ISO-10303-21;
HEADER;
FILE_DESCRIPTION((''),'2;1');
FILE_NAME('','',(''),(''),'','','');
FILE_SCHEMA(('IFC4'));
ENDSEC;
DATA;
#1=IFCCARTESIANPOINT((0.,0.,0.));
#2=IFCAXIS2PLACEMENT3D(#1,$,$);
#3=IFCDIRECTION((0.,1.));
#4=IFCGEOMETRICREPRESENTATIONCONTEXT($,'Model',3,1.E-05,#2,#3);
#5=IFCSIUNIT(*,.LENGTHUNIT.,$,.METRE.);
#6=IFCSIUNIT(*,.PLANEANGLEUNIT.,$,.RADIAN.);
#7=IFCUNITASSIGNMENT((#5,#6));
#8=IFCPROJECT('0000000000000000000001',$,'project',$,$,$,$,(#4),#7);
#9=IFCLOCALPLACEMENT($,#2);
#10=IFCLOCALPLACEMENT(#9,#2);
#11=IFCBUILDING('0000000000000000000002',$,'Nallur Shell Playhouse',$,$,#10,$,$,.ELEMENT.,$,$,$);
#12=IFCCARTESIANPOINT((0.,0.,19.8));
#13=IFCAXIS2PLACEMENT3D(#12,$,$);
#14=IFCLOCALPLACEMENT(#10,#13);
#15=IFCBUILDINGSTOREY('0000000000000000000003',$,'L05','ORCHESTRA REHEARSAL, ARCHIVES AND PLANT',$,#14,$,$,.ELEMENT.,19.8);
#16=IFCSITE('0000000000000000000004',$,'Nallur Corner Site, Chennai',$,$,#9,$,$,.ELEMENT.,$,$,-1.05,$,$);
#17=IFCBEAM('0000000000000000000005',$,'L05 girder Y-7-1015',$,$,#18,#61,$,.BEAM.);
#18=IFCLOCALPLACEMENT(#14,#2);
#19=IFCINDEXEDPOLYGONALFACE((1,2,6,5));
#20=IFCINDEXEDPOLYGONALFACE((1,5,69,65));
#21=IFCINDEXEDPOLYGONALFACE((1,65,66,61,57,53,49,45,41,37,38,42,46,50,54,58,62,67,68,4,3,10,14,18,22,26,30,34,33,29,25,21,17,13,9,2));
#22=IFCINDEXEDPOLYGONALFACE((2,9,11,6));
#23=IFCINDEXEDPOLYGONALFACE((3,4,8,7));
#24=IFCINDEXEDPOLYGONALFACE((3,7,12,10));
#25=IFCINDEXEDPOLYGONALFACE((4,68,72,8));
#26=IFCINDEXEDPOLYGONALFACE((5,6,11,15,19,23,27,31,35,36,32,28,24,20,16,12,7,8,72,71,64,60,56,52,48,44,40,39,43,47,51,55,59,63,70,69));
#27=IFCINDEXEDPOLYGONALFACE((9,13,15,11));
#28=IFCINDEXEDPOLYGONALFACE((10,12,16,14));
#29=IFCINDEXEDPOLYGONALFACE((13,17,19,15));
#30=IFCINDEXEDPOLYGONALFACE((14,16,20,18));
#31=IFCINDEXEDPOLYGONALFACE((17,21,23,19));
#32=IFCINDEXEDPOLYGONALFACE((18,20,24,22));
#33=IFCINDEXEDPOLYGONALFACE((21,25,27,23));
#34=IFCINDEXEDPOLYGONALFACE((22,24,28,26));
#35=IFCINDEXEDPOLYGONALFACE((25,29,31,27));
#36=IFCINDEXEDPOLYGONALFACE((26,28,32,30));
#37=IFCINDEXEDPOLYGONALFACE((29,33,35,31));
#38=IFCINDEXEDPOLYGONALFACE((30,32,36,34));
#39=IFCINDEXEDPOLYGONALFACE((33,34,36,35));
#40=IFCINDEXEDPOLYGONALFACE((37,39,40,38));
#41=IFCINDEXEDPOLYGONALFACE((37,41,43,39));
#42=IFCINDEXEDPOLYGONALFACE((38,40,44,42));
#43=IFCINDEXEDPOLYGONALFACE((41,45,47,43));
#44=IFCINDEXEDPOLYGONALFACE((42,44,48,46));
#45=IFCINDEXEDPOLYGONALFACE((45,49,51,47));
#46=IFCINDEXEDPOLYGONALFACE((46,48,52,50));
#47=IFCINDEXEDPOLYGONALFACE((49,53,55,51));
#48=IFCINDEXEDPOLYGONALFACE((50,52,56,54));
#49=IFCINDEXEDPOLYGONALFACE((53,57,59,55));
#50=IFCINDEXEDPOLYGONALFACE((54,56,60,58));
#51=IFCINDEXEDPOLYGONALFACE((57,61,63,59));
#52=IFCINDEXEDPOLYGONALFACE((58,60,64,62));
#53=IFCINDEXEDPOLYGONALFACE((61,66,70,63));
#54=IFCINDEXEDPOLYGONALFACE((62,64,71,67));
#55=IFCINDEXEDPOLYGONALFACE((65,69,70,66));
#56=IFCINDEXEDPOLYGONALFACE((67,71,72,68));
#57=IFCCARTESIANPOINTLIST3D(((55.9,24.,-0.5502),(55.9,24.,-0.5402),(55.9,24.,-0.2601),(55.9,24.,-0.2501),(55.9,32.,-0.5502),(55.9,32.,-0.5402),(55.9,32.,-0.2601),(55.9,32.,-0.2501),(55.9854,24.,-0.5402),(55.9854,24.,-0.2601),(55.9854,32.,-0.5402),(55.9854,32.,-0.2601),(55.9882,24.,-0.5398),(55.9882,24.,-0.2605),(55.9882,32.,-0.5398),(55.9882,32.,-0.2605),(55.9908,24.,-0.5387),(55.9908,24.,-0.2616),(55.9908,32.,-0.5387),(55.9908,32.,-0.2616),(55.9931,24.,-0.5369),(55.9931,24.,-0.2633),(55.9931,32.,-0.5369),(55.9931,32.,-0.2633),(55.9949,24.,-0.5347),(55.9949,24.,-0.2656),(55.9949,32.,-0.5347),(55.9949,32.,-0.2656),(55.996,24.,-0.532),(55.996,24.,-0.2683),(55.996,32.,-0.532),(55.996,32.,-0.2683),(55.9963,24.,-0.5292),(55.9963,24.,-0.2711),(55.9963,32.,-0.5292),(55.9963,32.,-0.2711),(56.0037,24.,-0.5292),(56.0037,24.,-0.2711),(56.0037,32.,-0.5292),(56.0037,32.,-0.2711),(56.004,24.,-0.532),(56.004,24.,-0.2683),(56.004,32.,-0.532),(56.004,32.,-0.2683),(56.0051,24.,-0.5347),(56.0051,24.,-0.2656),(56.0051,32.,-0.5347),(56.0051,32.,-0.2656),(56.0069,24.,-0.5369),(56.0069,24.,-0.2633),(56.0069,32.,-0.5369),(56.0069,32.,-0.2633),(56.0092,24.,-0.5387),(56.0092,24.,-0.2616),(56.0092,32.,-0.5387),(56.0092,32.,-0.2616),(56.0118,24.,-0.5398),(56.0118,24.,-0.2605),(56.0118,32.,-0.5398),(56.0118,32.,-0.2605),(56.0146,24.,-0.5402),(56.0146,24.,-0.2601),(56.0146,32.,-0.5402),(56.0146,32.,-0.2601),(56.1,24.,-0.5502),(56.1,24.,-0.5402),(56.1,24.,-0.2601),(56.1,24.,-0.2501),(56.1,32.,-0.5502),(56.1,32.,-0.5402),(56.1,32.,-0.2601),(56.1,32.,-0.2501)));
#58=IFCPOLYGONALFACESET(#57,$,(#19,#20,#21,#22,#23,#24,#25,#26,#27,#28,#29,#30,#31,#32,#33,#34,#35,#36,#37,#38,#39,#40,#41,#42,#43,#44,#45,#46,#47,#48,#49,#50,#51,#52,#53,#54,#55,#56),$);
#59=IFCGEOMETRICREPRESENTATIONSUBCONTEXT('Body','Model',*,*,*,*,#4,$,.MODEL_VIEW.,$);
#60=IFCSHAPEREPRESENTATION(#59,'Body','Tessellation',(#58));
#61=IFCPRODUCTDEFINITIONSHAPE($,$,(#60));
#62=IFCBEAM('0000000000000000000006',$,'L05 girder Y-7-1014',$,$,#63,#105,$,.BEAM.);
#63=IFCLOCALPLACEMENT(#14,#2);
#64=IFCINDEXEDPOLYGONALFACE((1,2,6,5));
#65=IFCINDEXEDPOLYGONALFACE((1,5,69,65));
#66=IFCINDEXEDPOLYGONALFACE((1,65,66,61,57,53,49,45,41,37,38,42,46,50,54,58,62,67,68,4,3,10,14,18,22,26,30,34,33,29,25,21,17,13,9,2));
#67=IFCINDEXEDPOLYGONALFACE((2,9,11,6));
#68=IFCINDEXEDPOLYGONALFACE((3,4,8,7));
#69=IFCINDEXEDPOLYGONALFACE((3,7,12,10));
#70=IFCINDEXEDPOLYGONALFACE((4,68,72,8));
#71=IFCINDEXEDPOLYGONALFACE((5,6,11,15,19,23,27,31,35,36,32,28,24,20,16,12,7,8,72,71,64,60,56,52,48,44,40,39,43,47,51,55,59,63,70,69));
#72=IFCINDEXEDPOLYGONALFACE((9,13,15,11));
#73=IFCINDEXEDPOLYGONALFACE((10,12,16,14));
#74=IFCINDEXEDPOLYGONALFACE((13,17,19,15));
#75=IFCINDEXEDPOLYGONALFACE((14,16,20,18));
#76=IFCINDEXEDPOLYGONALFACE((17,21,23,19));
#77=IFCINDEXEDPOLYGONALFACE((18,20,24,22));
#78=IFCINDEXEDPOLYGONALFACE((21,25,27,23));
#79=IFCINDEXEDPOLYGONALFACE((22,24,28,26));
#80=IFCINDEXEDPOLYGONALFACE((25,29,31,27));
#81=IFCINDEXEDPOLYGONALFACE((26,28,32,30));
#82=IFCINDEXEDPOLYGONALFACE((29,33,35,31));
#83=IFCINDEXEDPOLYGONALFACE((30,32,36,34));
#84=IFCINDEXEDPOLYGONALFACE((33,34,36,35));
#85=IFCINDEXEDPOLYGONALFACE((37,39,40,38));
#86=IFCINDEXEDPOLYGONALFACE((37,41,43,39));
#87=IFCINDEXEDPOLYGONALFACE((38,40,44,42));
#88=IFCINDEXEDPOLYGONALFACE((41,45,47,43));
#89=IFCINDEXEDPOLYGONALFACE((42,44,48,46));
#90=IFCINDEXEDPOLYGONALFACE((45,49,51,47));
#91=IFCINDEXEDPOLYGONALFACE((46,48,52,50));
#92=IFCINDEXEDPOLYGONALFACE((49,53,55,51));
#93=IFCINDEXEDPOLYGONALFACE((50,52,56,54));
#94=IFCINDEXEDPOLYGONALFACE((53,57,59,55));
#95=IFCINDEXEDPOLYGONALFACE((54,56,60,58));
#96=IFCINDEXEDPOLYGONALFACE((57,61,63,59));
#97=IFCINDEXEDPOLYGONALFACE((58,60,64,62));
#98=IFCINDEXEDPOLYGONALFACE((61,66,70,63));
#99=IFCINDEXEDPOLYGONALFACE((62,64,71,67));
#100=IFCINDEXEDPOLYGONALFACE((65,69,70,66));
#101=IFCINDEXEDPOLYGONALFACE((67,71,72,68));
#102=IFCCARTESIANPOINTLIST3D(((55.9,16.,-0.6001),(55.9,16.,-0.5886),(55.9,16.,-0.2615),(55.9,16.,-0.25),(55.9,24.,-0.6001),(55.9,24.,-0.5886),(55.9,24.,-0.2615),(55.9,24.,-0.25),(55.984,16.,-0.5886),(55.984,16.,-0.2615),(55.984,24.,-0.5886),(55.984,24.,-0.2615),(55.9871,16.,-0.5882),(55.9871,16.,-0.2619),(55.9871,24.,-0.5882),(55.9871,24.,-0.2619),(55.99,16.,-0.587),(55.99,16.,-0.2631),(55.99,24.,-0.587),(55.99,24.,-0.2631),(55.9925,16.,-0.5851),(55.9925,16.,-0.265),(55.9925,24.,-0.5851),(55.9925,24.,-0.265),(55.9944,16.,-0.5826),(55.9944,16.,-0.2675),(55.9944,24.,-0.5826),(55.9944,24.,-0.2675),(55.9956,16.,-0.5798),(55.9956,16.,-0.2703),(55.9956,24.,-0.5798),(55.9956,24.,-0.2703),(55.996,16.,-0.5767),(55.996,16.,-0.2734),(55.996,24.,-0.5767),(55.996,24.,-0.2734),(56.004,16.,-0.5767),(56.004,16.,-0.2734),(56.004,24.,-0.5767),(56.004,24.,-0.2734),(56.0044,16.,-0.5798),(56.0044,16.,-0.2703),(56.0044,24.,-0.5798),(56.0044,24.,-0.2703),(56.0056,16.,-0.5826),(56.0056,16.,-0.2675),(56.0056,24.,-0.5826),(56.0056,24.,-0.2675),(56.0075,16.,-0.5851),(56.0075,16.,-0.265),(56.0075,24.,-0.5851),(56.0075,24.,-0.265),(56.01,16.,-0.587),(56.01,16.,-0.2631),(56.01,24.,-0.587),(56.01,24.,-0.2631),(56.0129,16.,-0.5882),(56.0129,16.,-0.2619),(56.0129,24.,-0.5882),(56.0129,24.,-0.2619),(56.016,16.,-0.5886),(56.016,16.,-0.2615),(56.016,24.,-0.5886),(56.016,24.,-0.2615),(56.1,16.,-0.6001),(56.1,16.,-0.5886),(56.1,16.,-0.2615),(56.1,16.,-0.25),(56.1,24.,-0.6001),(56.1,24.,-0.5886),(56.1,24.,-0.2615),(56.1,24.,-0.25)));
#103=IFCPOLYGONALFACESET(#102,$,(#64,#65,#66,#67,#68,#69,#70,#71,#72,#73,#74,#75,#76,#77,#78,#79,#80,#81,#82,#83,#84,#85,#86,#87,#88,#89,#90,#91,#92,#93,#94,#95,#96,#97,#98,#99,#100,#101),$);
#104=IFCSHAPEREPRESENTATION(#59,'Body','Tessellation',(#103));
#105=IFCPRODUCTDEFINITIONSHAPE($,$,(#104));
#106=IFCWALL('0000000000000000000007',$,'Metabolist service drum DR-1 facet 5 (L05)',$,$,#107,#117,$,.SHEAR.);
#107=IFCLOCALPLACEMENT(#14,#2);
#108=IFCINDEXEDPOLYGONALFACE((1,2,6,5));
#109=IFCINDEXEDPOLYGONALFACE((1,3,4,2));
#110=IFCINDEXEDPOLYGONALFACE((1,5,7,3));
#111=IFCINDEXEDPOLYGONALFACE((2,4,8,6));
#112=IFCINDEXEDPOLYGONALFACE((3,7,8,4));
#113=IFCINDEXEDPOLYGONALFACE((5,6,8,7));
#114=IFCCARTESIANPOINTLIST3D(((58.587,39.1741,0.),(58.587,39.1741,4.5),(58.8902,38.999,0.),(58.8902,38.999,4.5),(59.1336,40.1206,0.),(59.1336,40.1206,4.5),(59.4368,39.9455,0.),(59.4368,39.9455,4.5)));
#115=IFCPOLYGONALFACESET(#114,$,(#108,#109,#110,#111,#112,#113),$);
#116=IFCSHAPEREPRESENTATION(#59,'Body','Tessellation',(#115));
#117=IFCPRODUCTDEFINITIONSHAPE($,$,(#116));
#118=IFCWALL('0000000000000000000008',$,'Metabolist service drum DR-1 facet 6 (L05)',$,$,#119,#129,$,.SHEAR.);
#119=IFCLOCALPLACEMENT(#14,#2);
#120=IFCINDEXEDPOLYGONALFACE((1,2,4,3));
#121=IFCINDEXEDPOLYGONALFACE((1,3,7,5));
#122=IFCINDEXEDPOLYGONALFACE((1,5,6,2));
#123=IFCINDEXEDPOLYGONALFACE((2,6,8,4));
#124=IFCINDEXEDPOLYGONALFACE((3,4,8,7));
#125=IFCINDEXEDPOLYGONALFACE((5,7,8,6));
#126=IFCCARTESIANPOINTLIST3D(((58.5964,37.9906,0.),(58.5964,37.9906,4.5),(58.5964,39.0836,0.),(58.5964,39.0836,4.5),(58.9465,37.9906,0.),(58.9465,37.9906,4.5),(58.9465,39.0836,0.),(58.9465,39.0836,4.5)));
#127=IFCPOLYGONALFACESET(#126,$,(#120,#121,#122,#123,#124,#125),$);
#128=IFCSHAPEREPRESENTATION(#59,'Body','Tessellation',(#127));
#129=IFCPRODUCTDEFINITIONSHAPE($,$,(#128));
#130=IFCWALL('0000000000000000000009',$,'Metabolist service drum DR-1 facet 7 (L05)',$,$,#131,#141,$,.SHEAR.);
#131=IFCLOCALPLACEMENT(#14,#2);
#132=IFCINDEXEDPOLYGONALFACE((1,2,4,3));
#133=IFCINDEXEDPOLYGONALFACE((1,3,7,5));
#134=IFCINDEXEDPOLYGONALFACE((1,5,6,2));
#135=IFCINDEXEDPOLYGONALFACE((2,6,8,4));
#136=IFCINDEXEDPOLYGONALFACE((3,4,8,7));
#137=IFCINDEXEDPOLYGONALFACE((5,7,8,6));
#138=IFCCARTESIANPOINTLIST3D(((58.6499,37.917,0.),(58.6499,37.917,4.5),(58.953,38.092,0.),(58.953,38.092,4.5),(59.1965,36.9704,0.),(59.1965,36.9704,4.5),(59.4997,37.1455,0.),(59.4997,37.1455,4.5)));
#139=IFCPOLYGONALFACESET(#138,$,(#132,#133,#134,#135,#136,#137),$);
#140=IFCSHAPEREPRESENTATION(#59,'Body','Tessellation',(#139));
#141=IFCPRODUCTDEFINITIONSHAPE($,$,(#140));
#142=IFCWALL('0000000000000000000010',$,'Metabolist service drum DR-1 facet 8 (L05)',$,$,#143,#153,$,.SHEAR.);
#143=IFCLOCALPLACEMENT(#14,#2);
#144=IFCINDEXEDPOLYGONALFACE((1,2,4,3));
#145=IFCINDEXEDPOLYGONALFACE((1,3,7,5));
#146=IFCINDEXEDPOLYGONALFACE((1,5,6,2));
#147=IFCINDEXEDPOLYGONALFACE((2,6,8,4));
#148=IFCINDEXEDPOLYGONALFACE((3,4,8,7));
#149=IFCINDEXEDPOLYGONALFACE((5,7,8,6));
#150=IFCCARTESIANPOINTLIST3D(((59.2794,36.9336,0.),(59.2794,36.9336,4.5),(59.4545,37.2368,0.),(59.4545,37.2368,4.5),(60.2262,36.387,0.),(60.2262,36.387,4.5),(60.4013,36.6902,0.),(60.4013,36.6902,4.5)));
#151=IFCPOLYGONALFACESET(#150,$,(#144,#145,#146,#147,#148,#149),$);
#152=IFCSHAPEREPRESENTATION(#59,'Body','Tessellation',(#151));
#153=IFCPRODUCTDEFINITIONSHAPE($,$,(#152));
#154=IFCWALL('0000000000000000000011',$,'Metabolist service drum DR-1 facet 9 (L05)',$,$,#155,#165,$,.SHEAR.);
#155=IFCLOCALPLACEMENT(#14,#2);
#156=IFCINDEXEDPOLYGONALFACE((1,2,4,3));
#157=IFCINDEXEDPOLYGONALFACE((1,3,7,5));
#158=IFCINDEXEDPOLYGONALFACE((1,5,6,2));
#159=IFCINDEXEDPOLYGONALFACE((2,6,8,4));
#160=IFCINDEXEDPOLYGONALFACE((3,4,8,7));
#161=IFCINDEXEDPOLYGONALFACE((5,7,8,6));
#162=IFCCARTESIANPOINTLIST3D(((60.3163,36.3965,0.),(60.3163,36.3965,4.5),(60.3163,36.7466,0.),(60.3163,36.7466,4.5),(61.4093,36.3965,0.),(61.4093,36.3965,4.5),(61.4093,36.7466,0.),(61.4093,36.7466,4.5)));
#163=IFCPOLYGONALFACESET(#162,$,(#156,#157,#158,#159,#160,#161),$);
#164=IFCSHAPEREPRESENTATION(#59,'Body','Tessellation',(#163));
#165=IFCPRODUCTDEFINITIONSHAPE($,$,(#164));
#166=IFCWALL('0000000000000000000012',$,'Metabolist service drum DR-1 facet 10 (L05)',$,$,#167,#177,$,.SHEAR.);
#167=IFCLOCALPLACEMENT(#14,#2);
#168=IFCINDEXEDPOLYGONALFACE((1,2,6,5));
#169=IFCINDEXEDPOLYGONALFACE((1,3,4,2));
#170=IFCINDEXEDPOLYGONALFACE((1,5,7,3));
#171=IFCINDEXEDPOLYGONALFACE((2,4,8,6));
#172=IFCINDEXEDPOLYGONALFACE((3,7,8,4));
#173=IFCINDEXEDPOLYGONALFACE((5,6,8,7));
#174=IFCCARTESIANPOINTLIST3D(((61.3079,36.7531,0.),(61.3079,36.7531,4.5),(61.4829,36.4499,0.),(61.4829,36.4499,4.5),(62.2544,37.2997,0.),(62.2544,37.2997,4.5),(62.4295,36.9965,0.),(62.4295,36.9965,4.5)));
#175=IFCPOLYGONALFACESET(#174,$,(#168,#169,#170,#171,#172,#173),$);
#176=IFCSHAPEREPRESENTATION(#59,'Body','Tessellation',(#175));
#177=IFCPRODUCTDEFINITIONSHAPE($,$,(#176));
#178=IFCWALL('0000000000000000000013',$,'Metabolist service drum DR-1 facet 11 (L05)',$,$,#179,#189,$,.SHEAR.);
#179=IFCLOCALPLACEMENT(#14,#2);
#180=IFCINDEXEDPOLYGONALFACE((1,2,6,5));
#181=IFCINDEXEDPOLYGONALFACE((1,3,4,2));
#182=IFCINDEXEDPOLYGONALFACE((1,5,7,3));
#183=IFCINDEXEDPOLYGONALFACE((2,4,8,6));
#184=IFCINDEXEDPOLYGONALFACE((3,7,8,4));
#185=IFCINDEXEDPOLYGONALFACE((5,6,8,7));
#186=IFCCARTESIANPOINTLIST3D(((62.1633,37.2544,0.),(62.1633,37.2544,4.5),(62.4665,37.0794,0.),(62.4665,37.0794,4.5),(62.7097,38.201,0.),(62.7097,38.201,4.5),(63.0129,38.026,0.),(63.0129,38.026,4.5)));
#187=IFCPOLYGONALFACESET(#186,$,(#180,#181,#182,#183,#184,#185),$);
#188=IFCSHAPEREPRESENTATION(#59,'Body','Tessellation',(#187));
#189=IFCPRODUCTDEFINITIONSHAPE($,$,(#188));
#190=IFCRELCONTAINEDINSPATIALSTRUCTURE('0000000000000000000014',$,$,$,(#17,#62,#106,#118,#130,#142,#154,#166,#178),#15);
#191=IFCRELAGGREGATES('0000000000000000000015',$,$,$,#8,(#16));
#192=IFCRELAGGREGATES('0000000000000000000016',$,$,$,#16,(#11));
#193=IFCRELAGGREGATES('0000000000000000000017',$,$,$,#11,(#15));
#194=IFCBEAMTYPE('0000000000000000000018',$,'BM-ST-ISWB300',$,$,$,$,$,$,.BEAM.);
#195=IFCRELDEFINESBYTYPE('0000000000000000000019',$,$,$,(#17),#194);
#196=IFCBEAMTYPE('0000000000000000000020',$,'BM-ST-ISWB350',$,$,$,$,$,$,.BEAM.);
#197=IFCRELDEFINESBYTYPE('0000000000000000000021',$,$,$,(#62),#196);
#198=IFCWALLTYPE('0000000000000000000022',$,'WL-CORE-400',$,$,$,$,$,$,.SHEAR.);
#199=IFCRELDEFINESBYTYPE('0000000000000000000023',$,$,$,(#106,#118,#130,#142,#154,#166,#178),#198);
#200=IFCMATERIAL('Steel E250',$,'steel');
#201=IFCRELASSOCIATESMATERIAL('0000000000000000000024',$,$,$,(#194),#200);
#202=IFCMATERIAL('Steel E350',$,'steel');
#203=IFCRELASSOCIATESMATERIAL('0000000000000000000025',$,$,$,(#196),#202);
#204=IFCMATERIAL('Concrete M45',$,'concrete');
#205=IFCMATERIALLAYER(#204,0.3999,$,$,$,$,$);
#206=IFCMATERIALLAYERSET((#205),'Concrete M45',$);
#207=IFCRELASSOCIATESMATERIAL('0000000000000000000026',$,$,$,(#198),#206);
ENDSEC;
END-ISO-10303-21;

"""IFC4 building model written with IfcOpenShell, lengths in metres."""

from ifc_helpers import new_model, si_unit, direction, frame, frame_2d, origin, origin_2d, place, context, subcontext, project, spatial, rectangle, i_section, extrude, material, layer, layer_set, material_profile, profile_set, type_object, element, save


model = new_model("IFC4")

# Units and contexts
model_context = context("Model", 3, precision=1e-05, world=origin(), true_north=direction((0.0, 1.0)))
body_context = subcontext(model_context, "Body", "Model", "MODEL_VIEW")
ifc_project = project(units=[si_unit("LENGTHUNIT", "METRE"), si_unit("PLANEANGLEUNIT", "RADIAN")], contexts=[model_context])

# Site, building, storey
site_placement = place(None, origin())
site = spatial("IfcSite", under=ifc_project, at=site_placement, Name="Nallur Corner Site, Chennai", CompositionType="ELEMENT", RefElevation=-1.05)
building_placement = place(site_placement, origin())
building = spatial("IfcBuilding", under=site, at=building_placement, Name="Nallur Shell Playhouse", CompositionType="ELEMENT")
storey_placement = place(building_placement, frame((0.0, 0.0, 19.8)))
storey = spatial("IfcBuildingStorey", under=building, at=storey_placement, Name="L05", Description="ORCHESTRA REHEARSAL, ARCHIVES AND PLANT", CompositionType="ELEMENT", Elevation=19.8)

# Beams
ifc_material_1 = material(Name="Steel E250", Category="steel")
ifc_material_2 = material(Name="Steel E350", Category="steel")
ifc_material_profile_1 = material_profile(ifc_material_1, i_section(OverallWidth=0.2, OverallDepth=0.3, WebThickness=0.0073, FlangeThickness=0.01, FilletRadius=0.011, at=origin_2d()), Name="ISWB 300")
ifc_profile_set_1 = profile_set([ifc_material_profile_1], Name="Steel E250")
beam_type_1 = type_object("IfcBeamType", Name="BM-ST-ISWB300", PredefinedType="BEAM", material=ifc_profile_set_1)
for number, where, z_axis, x_axis, name in (
    (1, (56.0, 24.0, -0.4001), (0.0, 1.0, 0.0), (-1.0, 0.0, 0.0), "L05 girder Y-7-1015"),
):
    element("IfcBeam", number, at=place(storey_placement, frame(where, z_axis=z_axis, x_axis=x_axis)), inside=storey, type_object=beam_type_1, Name=name, PredefinedType="BEAM", context=body_context, shape_type="SweptSolid", body=[
        extrude(i_section(OverallWidth=0.2, OverallDepth=0.3, WebThickness=0.0073, FlangeThickness=0.01, FilletRadius=0.011, at=origin_2d()), origin(), (0.0, 0.0, 1.0), 8.0),
    ])
ifc_material_profile_2 = material_profile(ifc_material_2, i_section(OverallWidth=0.2, OverallDepth=0.3501, WebThickness=0.0081, FlangeThickness=0.0115, FilletRadius=0.012, at=origin_2d()), Name="ISWB 350")
ifc_profile_set_2 = profile_set([ifc_material_profile_2], Name="Steel E350")
beam_type_2 = type_object("IfcBeamType", Name="BM-ST-ISWB350", PredefinedType="BEAM", material=ifc_profile_set_2)
beam_1_placement = place(storey_placement, frame((56.0, 16.0, -0.425), z_axis=(0.0, 1.0, 0.0), x_axis=(-1.0, 0.0, 0.0)))
element("IfcBeam", 2, at=beam_1_placement, inside=storey, type_object=beam_type_2, Name="L05 girder Y-7-1014", PredefinedType="BEAM", context=body_context, shape_type="SweptSolid", body=[
    extrude(i_section(OverallWidth=0.2, OverallDepth=0.3501, WebThickness=0.0081, FlangeThickness=0.0115, FilletRadius=0.012, at=origin_2d()), origin(), (0.0, 0.0, 1.0), 8.0),
])

# Walls
ifc_material_3 = material(Name="Concrete M45", Category="concrete")
ifc_layer_1 = layer(ifc_material_3, 0.3999)
ifc_layer_set_1 = layer_set([ifc_layer_1], Name="Concrete M45")
wall_type_1 = type_object("IfcWallType", Name="WL-CORE-400", PredefinedType="SHEAR", material=ifc_layer_set_1)
for number, where, z_axis, x_axis, name in (
    (3, (59.2852, 40.033, 0.0), (0.0, 0.0, 1.0), (-0.500103, -0.865966, 0.0), "Metabolist service drum DR-1 facet 5 (L05)"),
    (4, (58.7715, 39.0835, 0.0), (0.0, 0.0, 1.0), (0.0, -1.0, 0.0), "Metabolist service drum DR-1 facet 6 (L05)"),
    (5, (58.8015, 38.0044, 0.0), (0.0, 0.0, 1.0), (0.500103, -0.865966, 0.0), "Metabolist service drum DR-1 facet 7 (L05)"),
):
    element("IfcWall", number, at=place(storey_placement, frame(where, z_axis=z_axis, x_axis=x_axis)), inside=storey, type_object=wall_type_1, Name=name, PredefinedType="SHEAR", context=body_context, shape_type="SweptSolid", body=[
        extrude(rectangle(XDim=1.093, YDim=0.3501, at=frame_2d((0.5464, 0.0))), origin(), (0.0, 0.0, 1.0), 4.5),
    ])
wall_1_placement = place(storey_placement, frame((59.3669, 37.0852, 0.0), z_axis=(0.0, 0.0, 1.0), x_axis=(0.866022, -0.500006, 0.0)))
element("IfcWall", 6, at=wall_1_placement, inside=storey, type_object=wall_type_1, Name="Metabolist service drum DR-1 facet 8 (L05)", PredefinedType="SHEAR", context=body_context, shape_type="SweptSolid", body=[
    extrude(rectangle(XDim=1.0933, YDim=0.3501, at=frame_2d((0.5466, 0.0))), origin(), (0.0, 0.0, 1.0), 4.5),
])
for number, where, z_axis, x_axis, name in (
    (7, (60.3164, 36.5715, 0.0), (0.0, 0.0, 1.0), (1.0, 0.0, 0.0), "Metabolist service drum DR-1 facet 9 (L05)"),
    (8, (61.3955, 36.6016, 0.0), (0.0, 0.0, 1.0), (0.865966, 0.500103, 0.0), "Metabolist service drum DR-1 facet 10 (L05)"),
    (9, (62.3149, 37.167, 0.0), (0.0, 0.0, 1.0), (0.499935, 0.866063, 0.0), "Metabolist service drum DR-1 facet 11 (L05)"),
):
    element("IfcWall", number, at=place(storey_placement, frame(where, z_axis=z_axis, x_axis=x_axis)), inside=storey, type_object=wall_type_1, Name=name, PredefinedType="SHEAR", context=body_context, shape_type="SweptSolid", body=[
        extrude(rectangle(XDim=1.093, YDim=0.3501, at=frame_2d((0.5464, 0.0))), origin(), (0.0, 0.0, 1.0), 4.5),
    ])

save(model, "model.ifc")
